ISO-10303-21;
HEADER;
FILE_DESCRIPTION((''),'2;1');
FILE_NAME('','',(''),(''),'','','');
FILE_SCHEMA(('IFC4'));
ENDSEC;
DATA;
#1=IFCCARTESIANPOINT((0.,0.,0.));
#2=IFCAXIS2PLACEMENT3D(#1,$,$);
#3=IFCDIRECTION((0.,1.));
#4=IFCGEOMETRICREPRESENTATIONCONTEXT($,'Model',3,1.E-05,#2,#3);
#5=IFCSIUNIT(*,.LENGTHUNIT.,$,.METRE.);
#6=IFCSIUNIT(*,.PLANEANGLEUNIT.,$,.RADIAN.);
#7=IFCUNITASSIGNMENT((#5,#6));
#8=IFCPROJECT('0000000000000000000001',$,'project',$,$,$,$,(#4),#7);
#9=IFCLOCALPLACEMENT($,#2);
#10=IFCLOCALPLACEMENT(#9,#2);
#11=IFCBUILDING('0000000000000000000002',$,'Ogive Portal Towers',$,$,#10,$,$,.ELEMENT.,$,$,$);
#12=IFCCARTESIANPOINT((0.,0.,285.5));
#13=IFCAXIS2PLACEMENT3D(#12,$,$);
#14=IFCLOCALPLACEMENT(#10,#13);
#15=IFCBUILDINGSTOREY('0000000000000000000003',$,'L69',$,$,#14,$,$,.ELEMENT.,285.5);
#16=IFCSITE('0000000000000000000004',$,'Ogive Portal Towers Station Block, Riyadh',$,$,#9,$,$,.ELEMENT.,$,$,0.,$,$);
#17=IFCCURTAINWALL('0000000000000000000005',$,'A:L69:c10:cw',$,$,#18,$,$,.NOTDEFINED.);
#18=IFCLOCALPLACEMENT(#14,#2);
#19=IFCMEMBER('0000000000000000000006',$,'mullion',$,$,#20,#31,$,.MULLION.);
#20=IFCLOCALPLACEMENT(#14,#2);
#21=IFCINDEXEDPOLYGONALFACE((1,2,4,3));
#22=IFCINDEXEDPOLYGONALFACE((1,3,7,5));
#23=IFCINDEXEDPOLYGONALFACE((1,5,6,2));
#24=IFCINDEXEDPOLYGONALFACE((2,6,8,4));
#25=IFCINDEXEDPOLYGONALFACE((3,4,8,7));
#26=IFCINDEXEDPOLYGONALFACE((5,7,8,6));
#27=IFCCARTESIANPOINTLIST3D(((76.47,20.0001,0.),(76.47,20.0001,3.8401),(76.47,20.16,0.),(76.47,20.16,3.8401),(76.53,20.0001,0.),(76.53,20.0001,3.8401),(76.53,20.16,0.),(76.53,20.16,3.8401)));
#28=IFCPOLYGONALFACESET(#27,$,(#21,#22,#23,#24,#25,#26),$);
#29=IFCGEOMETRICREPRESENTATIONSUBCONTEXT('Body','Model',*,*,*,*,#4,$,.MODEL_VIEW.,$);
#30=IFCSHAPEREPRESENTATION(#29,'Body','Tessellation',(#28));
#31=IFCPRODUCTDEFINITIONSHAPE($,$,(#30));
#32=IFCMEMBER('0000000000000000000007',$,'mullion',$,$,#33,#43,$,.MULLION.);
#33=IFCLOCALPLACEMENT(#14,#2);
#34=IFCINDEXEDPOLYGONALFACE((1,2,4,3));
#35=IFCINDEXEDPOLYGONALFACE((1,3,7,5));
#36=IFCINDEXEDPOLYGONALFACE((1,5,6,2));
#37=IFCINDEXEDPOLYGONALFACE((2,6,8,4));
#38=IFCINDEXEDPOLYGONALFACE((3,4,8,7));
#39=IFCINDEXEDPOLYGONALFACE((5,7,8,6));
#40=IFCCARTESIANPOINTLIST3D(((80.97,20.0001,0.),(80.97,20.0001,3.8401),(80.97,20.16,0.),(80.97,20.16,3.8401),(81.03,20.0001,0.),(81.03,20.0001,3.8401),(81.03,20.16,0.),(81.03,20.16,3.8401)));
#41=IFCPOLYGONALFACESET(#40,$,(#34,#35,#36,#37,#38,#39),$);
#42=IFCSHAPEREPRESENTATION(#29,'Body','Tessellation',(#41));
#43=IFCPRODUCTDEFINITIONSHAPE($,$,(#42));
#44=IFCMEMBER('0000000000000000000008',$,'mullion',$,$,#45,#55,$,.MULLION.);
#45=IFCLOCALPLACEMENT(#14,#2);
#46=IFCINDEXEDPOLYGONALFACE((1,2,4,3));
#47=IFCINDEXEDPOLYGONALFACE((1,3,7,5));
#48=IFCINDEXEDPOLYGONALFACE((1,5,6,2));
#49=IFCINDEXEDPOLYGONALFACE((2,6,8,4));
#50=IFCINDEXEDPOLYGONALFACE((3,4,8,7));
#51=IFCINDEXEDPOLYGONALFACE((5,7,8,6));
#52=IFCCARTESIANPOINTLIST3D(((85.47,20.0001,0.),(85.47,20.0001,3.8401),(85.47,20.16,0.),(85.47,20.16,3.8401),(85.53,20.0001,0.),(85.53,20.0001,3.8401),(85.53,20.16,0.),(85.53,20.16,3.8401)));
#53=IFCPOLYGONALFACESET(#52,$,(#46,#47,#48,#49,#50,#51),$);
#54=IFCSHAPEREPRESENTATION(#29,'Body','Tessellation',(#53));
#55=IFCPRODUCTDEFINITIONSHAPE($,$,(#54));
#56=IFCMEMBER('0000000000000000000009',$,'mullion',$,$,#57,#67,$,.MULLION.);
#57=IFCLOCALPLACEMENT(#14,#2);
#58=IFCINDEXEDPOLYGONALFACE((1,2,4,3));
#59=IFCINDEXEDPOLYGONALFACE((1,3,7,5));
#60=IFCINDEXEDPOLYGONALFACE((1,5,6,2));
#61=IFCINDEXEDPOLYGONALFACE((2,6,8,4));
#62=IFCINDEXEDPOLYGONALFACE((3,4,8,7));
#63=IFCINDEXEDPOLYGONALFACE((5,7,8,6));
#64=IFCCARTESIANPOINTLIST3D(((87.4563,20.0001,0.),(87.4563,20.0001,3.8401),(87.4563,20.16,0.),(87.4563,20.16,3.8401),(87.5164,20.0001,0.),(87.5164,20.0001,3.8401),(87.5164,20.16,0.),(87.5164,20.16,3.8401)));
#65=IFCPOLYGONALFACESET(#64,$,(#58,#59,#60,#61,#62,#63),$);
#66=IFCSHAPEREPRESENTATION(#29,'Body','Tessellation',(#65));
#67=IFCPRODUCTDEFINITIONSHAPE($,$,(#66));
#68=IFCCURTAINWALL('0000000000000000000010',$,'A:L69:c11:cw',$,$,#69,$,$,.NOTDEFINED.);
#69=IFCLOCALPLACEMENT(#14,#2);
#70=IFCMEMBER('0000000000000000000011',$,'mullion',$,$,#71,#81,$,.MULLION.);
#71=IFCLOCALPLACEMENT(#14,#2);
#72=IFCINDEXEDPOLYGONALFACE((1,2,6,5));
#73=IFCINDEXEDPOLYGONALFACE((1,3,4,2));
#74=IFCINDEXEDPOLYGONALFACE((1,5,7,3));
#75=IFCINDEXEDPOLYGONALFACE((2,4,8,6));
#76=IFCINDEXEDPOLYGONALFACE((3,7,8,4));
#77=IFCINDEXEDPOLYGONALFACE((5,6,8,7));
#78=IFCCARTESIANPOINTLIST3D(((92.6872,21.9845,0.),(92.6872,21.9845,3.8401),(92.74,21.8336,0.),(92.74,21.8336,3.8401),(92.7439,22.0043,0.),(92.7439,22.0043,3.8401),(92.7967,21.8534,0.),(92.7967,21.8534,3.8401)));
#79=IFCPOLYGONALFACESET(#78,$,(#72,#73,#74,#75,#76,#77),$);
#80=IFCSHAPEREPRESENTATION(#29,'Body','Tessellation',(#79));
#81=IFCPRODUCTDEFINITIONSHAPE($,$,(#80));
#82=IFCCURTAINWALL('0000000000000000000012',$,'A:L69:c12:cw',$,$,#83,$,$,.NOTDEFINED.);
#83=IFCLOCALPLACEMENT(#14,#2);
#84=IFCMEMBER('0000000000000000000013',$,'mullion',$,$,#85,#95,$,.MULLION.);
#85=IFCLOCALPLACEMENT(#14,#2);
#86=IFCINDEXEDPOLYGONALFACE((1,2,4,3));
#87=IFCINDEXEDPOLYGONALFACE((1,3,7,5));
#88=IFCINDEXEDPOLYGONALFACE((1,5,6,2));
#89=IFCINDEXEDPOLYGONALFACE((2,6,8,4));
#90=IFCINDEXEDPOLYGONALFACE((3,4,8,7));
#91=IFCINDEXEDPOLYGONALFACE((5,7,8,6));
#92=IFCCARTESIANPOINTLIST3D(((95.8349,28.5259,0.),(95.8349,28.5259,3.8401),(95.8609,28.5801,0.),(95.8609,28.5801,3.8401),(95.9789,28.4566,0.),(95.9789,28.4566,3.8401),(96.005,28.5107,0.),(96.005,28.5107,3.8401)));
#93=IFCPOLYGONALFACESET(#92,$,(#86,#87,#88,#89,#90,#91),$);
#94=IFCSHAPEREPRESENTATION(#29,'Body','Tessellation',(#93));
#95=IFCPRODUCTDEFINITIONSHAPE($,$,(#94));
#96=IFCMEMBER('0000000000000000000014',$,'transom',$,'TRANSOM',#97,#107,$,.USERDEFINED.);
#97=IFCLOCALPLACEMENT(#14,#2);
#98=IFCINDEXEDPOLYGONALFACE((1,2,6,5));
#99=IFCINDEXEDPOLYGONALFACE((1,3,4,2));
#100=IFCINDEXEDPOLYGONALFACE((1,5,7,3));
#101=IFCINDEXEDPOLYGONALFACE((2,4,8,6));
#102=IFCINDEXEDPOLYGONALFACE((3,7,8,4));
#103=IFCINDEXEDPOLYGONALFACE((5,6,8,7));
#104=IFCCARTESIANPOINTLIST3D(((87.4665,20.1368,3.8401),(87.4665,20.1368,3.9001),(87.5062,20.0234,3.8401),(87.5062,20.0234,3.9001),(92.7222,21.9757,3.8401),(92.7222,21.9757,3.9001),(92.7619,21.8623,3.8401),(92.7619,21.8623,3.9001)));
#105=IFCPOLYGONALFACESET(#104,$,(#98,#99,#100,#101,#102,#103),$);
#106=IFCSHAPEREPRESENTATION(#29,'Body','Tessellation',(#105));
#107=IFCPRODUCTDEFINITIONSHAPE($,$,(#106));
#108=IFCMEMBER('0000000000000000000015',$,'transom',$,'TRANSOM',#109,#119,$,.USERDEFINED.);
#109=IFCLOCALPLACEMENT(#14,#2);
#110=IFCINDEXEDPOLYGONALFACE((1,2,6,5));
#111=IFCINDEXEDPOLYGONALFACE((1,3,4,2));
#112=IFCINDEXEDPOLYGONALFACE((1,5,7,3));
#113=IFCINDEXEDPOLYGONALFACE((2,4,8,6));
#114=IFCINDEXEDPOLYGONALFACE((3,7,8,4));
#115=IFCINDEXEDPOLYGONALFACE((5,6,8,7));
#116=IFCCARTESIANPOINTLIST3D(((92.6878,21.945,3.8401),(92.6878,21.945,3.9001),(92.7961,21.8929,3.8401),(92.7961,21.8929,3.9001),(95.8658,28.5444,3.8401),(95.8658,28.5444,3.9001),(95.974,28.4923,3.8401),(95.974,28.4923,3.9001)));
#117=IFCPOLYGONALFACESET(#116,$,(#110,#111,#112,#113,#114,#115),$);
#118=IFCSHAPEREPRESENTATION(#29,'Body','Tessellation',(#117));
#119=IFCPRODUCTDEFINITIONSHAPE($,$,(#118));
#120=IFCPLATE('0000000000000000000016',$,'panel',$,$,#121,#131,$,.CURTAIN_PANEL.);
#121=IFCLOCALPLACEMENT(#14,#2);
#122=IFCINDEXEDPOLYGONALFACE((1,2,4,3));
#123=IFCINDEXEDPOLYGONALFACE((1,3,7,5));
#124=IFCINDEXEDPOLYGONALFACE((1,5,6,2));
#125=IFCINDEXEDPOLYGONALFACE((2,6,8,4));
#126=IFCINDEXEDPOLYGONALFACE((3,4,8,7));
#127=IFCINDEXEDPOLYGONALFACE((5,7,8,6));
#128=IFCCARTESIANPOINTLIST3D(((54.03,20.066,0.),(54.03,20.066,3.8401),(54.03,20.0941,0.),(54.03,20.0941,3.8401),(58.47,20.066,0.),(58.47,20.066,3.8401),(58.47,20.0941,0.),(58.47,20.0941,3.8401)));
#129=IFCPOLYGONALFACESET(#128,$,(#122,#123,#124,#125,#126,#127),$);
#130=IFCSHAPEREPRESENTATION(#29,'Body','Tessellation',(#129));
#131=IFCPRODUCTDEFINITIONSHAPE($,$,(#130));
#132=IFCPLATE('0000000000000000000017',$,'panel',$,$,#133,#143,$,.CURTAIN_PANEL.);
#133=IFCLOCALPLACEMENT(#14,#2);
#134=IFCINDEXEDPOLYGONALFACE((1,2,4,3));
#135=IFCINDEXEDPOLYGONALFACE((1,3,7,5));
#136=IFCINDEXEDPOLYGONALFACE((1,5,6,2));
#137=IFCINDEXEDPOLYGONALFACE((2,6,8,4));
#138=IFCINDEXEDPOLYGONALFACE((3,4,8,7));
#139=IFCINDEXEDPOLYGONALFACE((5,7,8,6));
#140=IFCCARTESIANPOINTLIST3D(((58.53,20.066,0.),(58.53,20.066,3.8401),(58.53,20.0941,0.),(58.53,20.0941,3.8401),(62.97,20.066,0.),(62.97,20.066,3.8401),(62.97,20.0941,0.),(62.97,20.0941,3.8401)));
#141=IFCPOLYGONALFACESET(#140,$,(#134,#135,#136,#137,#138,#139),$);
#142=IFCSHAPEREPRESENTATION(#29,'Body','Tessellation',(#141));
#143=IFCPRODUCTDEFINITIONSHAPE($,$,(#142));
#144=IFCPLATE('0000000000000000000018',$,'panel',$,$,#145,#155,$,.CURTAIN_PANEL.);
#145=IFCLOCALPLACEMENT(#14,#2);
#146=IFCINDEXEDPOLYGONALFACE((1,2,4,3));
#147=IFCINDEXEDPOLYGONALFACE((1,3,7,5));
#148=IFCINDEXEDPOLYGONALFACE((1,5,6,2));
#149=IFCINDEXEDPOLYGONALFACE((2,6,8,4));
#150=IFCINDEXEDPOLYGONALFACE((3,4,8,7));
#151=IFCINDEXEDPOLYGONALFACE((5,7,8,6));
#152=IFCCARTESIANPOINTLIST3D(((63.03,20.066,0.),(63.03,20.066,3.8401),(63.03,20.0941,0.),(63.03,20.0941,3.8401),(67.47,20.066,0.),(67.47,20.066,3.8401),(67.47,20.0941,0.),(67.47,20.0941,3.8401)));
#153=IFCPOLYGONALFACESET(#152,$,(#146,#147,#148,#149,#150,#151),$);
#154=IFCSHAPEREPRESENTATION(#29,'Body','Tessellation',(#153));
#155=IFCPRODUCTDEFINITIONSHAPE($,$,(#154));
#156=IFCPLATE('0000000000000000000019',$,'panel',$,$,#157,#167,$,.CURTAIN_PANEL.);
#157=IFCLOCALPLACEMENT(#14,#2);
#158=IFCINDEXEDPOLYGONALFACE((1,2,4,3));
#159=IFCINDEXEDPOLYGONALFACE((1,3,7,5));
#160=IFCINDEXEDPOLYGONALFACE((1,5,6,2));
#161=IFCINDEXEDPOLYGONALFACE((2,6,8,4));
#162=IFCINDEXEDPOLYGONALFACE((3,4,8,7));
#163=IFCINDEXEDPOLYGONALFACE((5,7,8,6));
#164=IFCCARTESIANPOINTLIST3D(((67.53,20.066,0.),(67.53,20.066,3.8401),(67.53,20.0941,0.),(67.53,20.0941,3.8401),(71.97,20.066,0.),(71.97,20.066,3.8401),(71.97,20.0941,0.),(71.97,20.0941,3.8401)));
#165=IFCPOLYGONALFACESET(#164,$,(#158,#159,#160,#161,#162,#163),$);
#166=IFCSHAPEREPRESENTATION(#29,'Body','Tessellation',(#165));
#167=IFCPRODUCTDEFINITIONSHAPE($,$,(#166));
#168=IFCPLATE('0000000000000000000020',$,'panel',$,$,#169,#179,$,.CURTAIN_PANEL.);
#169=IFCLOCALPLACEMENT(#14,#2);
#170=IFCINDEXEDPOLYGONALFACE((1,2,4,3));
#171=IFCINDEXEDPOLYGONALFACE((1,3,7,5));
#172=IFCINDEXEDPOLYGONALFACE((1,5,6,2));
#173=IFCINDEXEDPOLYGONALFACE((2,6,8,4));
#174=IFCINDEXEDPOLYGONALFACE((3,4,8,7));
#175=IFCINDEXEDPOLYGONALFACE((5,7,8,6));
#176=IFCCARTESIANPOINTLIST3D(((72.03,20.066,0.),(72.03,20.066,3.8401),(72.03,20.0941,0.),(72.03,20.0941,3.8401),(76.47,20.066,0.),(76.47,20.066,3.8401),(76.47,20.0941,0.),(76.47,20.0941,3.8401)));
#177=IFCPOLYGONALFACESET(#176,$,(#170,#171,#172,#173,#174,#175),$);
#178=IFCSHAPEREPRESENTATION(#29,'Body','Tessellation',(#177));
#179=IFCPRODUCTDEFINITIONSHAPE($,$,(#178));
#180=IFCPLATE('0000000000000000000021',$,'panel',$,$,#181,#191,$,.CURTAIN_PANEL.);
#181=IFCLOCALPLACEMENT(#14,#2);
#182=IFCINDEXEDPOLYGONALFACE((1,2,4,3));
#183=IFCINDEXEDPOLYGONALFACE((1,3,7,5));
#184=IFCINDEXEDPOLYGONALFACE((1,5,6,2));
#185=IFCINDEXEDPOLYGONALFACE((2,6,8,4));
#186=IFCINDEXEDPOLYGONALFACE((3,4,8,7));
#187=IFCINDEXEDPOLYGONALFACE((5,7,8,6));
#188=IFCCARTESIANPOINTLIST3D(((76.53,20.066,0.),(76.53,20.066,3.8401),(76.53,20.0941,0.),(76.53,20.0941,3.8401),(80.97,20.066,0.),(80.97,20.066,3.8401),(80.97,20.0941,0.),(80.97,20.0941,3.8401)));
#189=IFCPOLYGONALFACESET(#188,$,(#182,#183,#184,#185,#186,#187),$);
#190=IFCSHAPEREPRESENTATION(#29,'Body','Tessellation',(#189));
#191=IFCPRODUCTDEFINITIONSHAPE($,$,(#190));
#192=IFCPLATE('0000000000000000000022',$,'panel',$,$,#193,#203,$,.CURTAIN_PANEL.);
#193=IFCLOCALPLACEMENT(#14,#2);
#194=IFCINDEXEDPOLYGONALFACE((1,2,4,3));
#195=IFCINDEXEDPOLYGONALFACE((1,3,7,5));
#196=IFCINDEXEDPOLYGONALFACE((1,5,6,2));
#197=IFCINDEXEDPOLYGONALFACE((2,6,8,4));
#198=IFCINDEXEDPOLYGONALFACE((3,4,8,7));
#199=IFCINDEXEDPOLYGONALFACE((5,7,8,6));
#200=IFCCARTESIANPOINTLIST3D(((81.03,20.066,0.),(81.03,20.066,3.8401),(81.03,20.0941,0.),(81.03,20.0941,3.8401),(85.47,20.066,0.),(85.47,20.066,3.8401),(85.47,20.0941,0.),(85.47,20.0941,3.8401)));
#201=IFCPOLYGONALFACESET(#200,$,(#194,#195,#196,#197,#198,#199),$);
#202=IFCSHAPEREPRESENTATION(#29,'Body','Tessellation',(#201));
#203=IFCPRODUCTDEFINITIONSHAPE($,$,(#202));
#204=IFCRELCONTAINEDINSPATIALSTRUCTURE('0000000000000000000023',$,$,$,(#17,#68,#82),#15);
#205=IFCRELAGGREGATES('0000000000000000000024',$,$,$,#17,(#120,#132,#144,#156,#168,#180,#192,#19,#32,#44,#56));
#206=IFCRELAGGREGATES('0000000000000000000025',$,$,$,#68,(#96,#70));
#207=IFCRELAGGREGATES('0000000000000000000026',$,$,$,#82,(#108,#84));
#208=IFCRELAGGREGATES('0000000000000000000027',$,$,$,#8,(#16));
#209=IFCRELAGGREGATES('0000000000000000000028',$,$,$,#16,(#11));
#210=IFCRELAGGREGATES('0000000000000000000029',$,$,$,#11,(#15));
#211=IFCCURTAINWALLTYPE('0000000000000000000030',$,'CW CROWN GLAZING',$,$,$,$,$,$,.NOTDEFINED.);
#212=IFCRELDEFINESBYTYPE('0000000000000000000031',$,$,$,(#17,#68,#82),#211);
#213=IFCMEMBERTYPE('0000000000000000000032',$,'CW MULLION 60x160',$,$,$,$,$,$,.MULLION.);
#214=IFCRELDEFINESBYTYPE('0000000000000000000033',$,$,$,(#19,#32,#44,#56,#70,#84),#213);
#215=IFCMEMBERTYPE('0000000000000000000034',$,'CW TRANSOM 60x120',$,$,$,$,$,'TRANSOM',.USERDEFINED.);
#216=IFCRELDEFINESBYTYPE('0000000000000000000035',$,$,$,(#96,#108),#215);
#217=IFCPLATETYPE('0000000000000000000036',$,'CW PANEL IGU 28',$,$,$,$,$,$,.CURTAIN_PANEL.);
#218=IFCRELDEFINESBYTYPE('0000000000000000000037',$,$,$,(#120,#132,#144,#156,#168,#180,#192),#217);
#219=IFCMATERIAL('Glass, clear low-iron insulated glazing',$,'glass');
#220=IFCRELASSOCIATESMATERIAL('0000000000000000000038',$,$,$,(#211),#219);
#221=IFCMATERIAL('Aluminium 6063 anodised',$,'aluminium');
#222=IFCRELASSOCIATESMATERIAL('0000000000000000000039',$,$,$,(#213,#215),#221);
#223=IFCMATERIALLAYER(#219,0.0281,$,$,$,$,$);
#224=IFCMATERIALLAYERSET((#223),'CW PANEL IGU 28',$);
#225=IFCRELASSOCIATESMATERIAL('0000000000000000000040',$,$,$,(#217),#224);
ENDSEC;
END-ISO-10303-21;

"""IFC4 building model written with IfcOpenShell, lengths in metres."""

from ifc_helpers import new_model, si_unit, direction, frame, origin, origin_2d, place, context, subcontext, project, spatial, rectangle, extrude, material, layer, layer_set, material_profile, profile_set, type_object, element, aggregate, save


model = new_model("IFC4")

# Units and contexts
model_context = context("Model", 3, precision=1e-05, world=origin(), true_north=direction((0.0, 1.0)))
body_context = subcontext(model_context, "Body", "Model", "MODEL_VIEW")
ifc_project = project(units=[si_unit("LENGTHUNIT", "METRE"), si_unit("PLANEANGLEUNIT", "RADIAN")], contexts=[model_context])

# Site, building, storey
site_placement = place(None, origin())
site = spatial("IfcSite", under=ifc_project, at=site_placement, Name="Ogive Portal Towers Station Block, Riyadh", CompositionType="ELEMENT", RefElevation=0.0)
building_placement = place(site_placement, origin())
building = spatial("IfcBuilding", under=site, at=building_placement, Name="Ogive Portal Towers", CompositionType="ELEMENT")
storey_placement = place(building_placement, frame((0.0, 0.0, 285.5)))
storey = spatial("IfcBuildingStorey", under=building, at=storey_placement, Name="L69", CompositionType="ELEMENT", Elevation=285.5)

# Curtain wall, members
ifc_material_1 = material(Name="Glass, clear low-iron insulated glazing", Category="glass")
curtain_wall_type = type_object("IfcCurtainWallType", Name="CW CROWN GLAZING", PredefinedType="NOTDEFINED", material=ifc_material_1)
curtain_wall_1_placement = place(storey_placement, origin())
curtain_wall_1 = element("IfcCurtainWall", 1, at=curtain_wall_1_placement, inside=storey, type_object=curtain_wall_type, Name="A:L69:c10:cw", PredefinedType="NOTDEFINED")
ifc_material_2 = material(Name="Aluminium 6063 anodised", Category="aluminium")
ifc_material_profile_1 = material_profile(ifc_material_2, rectangle(XDim=0.1599, YDim=0.0601, at=origin_2d()), Name="AL 60x160")
ifc_profile_set_1 = profile_set([ifc_material_profile_1], Name="Aluminium 6063 anodised")
member_type_1 = type_object("IfcMemberType", Name="CW MULLION 60x160", PredefinedType="MULLION", material=ifc_profile_set_1)
member_1_placement = place(storey_placement, frame((76.5, 20.0801, 0.0), z_axis=(0.0, 0.0, 1.0), x_axis=(0.0, 1.0, 0.0)))
member_1 = element("IfcMember", 2, at=member_1_placement, type_object=member_type_1, Name="mullion", PredefinedType="MULLION", context=body_context, shape_type="SweptSolid", body=[
    extrude(rectangle(XDim=0.1599, YDim=0.0601, at=origin_2d()), origin(), (0.0, 0.0, 1.0), 3.8401),
])
member_2_placement = place(storey_placement, frame((81.0, 20.0801, 0.0), z_axis=(0.0, 0.0, 1.0), x_axis=(0.0, 1.0, 0.0)))
member_2 = element("IfcMember", 3, at=member_2_placement, type_object=member_type_1, Name="mullion", PredefinedType="MULLION", context=body_context, shape_type="SweptSolid", body=[
    extrude(rectangle(XDim=0.1599, YDim=0.0601, at=origin_2d()), origin(), (0.0, 0.0, 1.0), 3.8401),
])
member_3_placement = place(storey_placement, frame((85.5, 20.0801, 0.0), z_axis=(0.0, 0.0, 1.0), x_axis=(0.0, 1.0, 0.0)))
member_3 = element("IfcMember", 4, at=member_3_placement, type_object=member_type_1, Name="mullion", PredefinedType="MULLION", context=body_context, shape_type="SweptSolid", body=[
    extrude(rectangle(XDim=0.1599, YDim=0.0601, at=origin_2d()), origin(), (0.0, 0.0, 1.0), 3.8401),
])
member_4_placement = place(storey_placement, frame((87.4863, 20.0801, 0.0), z_axis=(0.0, 0.0, 1.0), x_axis=(0.0, 1.0, 0.0)))
member_4 = element("IfcMember", 5, at=member_4_placement, type_object=member_type_1, Name="mullion", PredefinedType="MULLION", context=body_context, shape_type="SweptSolid", body=[
    extrude(rectangle(XDim=0.1599, YDim=0.0601, at=origin_2d()), origin(), (0.0, 0.0, 1.0), 3.8401),
])

# Curtain walls, members
curtain_wall_2_placement = place(storey_placement, origin())
curtain_wall_2 = element("IfcCurtainWall", 6, at=curtain_wall_2_placement, inside=storey, type_object=curtain_wall_type, Name="A:L69:c11:cw", PredefinedType="NOTDEFINED")
member_5_placement = place(storey_placement, frame((92.7419, 21.9189, 0.0), z_axis=(0.0, 0.0, 1.0), x_axis=(-0.330279, 0.943883, 0.0)))
member_5 = element("IfcMember", 7, at=member_5_placement, type_object=member_type_1, Name="mullion", PredefinedType="MULLION", context=body_context, shape_type="SweptSolid", body=[
    extrude(rectangle(XDim=0.1599, YDim=0.0601, at=origin_2d()), origin(), (0.0, 0.0, 1.0), 3.8401),
])
curtain_wall_3_placement = place(storey_placement, origin())
curtain_wall_3 = element("IfcCurtainWall", 8, at=curtain_wall_3_placement, inside=storey, type_object=curtain_wall_type, Name="A:L69:c12:cw", PredefinedType="NOTDEFINED")
member_6_placement = place(storey_placement, frame((95.9199, 28.5183, 0.0), z_axis=(0.0, 0.0, 1.0), x_axis=(-0.900969, 0.433884, 0.0)))
member_6 = element("IfcMember", 9, at=member_6_placement, type_object=member_type_1, Name="mullion", PredefinedType="MULLION", context=body_context, shape_type="SweptSolid", body=[
    extrude(rectangle(XDim=0.1599, YDim=0.0601, at=origin_2d()), origin(), (0.0, 0.0, 1.0), 3.8401),
])

# Members
ifc_material_profile_2 = material_profile(ifc_material_2, rectangle(XDim=0.1201, YDim=0.0601, at=origin_2d()), Name="AL 120x60")
ifc_profile_set_2 = profile_set([ifc_material_profile_2], Name="Aluminium 6063 anodised")
member_type_2 = type_object("IfcMemberType", Name="CW TRANSOM 60x120", ElementType="TRANSOM", PredefinedType="USERDEFINED", material=ifc_profile_set_2)
member_7_placement = place(storey_placement, frame((87.4863, 20.0801, 3.8701), z_axis=(0.943892, 0.330255, 0.0), x_axis=(-0.330255, 0.943892, 0.0)))
member_7 = element("IfcMember", 10, at=member_7_placement, type_object=member_type_2, Name="transom", ObjectType="TRANSOM", PredefinedType="USERDEFINED", context=body_context, shape_type="SweptSolid", body=[
    extrude(rectangle(XDim=0.1201, YDim=0.0601, at=origin_2d()), origin(), (0.0, 0.0, 1.0), 5.5681),
])
member_8_placement = place(storey_placement, frame((92.7419, 21.9189, 3.8701), z_axis=(0.433872, 0.900975, 0.0), x_axis=(-0.900975, 0.433872, 0.0)))
member_8 = element("IfcMember", 11, at=member_8_placement, type_object=member_type_2, Name="transom", ObjectType="TRANSOM", PredefinedType="USERDEFINED", context=body_context, shape_type="SweptSolid", body=[
    extrude(rectangle(XDim=0.1201, YDim=0.0601, at=origin_2d()), origin(), (0.0, 0.0, 1.0), 7.3247),
])

# Plates
ifc_layer_1 = layer(ifc_material_1, 0.0281)
ifc_layer_set_1 = layer_set([ifc_layer_1], Name="CW PANEL IGU 28")
plate_type = type_object("IfcPlateType", Name="CW PANEL IGU 28", PredefinedType="CURTAIN_PANEL", material=ifc_layer_set_1)
plate_1_placement = place(storey_placement, frame((56.25, 20.0801, 0.0), z_axis=(0.0, 0.0, 1.0), x_axis=(1.0, 0.0, 0.0)))
plate_1 = element("IfcPlate", 12, at=plate_1_placement, type_object=plate_type, Name="panel", PredefinedType="CURTAIN_PANEL", context=body_context, shape_type="SweptSolid", body=[
    extrude(rectangle(XDim=4.4399, YDim=0.0281, at=origin_2d()), origin(), (0.0, 0.0, 1.0), 3.8401),
])
plate_2_placement = place(storey_placement, frame((60.75, 20.0801, 0.0), z_axis=(0.0, 0.0, 1.0), x_axis=(1.0, 0.0, 0.0)))
plate_2 = element("IfcPlate", 13, at=plate_2_placement, type_object=plate_type, Name="panel", PredefinedType="CURTAIN_PANEL", context=body_context, shape_type="SweptSolid", body=[
    extrude(rectangle(XDim=4.4399, YDim=0.0281, at=origin_2d()), origin(), (0.0, 0.0, 1.0), 3.8401),
])
plate_3_placement = place(storey_placement, frame((65.25, 20.0801, 0.0), z_axis=(0.0, 0.0, 1.0), x_axis=(1.0, 0.0, 0.0)))
plate_3 = element("IfcPlate", 14, at=plate_3_placement, type_object=plate_type, Name="panel", PredefinedType="CURTAIN_PANEL", context=body_context, shape_type="SweptSolid", body=[
    extrude(rectangle(XDim=4.4399, YDim=0.0281, at=origin_2d()), origin(), (0.0, 0.0, 1.0), 3.8401),
])
plate_4_placement = place(storey_placement, frame((69.75, 20.0801, 0.0), z_axis=(0.0, 0.0, 1.0), x_axis=(1.0, 0.0, 0.0)))
plate_4 = element("IfcPlate", 15, at=plate_4_placement, type_object=plate_type, Name="panel", PredefinedType="CURTAIN_PANEL", context=body_context, shape_type="SweptSolid", body=[
    extrude(rectangle(XDim=4.4399, YDim=0.0281, at=origin_2d()), origin(), (0.0, 0.0, 1.0), 3.8401),
])
plate_5_placement = place(storey_placement, frame((74.25, 20.0801, 0.0), z_axis=(0.0, 0.0, 1.0), x_axis=(1.0, 0.0, 0.0)))
plate_5 = element("IfcPlate", 16, at=plate_5_placement, type_object=plate_type, Name="panel", PredefinedType="CURTAIN_PANEL", context=body_context, shape_type="SweptSolid", body=[
    extrude(rectangle(XDim=4.4399, YDim=0.0281, at=origin_2d()), origin(), (0.0, 0.0, 1.0), 3.8401),
])
plate_6_placement = place(storey_placement, frame((78.75, 20.0801, 0.0), z_axis=(0.0, 0.0, 1.0), x_axis=(1.0, 0.0, 0.0)))
plate_6 = element("IfcPlate", 17, at=plate_6_placement, type_object=plate_type, Name="panel", PredefinedType="CURTAIN_PANEL", context=body_context, shape_type="SweptSolid", body=[
    extrude(rectangle(XDim=4.4399, YDim=0.0281, at=origin_2d()), origin(), (0.0, 0.0, 1.0), 3.8401),
])
plate_7_placement = place(storey_placement, frame((83.25, 20.0801, 0.0), z_axis=(0.0, 0.0, 1.0), x_axis=(1.0, 0.0, 0.0)))
plate_7 = element("IfcPlate", 18, at=plate_7_placement, type_object=plate_type, Name="panel", PredefinedType="CURTAIN_PANEL", context=body_context, shape_type="SweptSolid", body=[
    extrude(rectangle(XDim=4.4399, YDim=0.0281, at=origin_2d()), origin(), (0.0, 0.0, 1.0), 3.8401),
])
aggregate(curtain_wall_1, [plate_1, plate_2, plate_3, plate_4, plate_5, plate_6, plate_7, member_1, member_2, member_3, member_4])
aggregate(curtain_wall_2, [member_7, member_5])
aggregate(curtain_wall_3, [member_8, member_6])

save(model, "model.ifc")
